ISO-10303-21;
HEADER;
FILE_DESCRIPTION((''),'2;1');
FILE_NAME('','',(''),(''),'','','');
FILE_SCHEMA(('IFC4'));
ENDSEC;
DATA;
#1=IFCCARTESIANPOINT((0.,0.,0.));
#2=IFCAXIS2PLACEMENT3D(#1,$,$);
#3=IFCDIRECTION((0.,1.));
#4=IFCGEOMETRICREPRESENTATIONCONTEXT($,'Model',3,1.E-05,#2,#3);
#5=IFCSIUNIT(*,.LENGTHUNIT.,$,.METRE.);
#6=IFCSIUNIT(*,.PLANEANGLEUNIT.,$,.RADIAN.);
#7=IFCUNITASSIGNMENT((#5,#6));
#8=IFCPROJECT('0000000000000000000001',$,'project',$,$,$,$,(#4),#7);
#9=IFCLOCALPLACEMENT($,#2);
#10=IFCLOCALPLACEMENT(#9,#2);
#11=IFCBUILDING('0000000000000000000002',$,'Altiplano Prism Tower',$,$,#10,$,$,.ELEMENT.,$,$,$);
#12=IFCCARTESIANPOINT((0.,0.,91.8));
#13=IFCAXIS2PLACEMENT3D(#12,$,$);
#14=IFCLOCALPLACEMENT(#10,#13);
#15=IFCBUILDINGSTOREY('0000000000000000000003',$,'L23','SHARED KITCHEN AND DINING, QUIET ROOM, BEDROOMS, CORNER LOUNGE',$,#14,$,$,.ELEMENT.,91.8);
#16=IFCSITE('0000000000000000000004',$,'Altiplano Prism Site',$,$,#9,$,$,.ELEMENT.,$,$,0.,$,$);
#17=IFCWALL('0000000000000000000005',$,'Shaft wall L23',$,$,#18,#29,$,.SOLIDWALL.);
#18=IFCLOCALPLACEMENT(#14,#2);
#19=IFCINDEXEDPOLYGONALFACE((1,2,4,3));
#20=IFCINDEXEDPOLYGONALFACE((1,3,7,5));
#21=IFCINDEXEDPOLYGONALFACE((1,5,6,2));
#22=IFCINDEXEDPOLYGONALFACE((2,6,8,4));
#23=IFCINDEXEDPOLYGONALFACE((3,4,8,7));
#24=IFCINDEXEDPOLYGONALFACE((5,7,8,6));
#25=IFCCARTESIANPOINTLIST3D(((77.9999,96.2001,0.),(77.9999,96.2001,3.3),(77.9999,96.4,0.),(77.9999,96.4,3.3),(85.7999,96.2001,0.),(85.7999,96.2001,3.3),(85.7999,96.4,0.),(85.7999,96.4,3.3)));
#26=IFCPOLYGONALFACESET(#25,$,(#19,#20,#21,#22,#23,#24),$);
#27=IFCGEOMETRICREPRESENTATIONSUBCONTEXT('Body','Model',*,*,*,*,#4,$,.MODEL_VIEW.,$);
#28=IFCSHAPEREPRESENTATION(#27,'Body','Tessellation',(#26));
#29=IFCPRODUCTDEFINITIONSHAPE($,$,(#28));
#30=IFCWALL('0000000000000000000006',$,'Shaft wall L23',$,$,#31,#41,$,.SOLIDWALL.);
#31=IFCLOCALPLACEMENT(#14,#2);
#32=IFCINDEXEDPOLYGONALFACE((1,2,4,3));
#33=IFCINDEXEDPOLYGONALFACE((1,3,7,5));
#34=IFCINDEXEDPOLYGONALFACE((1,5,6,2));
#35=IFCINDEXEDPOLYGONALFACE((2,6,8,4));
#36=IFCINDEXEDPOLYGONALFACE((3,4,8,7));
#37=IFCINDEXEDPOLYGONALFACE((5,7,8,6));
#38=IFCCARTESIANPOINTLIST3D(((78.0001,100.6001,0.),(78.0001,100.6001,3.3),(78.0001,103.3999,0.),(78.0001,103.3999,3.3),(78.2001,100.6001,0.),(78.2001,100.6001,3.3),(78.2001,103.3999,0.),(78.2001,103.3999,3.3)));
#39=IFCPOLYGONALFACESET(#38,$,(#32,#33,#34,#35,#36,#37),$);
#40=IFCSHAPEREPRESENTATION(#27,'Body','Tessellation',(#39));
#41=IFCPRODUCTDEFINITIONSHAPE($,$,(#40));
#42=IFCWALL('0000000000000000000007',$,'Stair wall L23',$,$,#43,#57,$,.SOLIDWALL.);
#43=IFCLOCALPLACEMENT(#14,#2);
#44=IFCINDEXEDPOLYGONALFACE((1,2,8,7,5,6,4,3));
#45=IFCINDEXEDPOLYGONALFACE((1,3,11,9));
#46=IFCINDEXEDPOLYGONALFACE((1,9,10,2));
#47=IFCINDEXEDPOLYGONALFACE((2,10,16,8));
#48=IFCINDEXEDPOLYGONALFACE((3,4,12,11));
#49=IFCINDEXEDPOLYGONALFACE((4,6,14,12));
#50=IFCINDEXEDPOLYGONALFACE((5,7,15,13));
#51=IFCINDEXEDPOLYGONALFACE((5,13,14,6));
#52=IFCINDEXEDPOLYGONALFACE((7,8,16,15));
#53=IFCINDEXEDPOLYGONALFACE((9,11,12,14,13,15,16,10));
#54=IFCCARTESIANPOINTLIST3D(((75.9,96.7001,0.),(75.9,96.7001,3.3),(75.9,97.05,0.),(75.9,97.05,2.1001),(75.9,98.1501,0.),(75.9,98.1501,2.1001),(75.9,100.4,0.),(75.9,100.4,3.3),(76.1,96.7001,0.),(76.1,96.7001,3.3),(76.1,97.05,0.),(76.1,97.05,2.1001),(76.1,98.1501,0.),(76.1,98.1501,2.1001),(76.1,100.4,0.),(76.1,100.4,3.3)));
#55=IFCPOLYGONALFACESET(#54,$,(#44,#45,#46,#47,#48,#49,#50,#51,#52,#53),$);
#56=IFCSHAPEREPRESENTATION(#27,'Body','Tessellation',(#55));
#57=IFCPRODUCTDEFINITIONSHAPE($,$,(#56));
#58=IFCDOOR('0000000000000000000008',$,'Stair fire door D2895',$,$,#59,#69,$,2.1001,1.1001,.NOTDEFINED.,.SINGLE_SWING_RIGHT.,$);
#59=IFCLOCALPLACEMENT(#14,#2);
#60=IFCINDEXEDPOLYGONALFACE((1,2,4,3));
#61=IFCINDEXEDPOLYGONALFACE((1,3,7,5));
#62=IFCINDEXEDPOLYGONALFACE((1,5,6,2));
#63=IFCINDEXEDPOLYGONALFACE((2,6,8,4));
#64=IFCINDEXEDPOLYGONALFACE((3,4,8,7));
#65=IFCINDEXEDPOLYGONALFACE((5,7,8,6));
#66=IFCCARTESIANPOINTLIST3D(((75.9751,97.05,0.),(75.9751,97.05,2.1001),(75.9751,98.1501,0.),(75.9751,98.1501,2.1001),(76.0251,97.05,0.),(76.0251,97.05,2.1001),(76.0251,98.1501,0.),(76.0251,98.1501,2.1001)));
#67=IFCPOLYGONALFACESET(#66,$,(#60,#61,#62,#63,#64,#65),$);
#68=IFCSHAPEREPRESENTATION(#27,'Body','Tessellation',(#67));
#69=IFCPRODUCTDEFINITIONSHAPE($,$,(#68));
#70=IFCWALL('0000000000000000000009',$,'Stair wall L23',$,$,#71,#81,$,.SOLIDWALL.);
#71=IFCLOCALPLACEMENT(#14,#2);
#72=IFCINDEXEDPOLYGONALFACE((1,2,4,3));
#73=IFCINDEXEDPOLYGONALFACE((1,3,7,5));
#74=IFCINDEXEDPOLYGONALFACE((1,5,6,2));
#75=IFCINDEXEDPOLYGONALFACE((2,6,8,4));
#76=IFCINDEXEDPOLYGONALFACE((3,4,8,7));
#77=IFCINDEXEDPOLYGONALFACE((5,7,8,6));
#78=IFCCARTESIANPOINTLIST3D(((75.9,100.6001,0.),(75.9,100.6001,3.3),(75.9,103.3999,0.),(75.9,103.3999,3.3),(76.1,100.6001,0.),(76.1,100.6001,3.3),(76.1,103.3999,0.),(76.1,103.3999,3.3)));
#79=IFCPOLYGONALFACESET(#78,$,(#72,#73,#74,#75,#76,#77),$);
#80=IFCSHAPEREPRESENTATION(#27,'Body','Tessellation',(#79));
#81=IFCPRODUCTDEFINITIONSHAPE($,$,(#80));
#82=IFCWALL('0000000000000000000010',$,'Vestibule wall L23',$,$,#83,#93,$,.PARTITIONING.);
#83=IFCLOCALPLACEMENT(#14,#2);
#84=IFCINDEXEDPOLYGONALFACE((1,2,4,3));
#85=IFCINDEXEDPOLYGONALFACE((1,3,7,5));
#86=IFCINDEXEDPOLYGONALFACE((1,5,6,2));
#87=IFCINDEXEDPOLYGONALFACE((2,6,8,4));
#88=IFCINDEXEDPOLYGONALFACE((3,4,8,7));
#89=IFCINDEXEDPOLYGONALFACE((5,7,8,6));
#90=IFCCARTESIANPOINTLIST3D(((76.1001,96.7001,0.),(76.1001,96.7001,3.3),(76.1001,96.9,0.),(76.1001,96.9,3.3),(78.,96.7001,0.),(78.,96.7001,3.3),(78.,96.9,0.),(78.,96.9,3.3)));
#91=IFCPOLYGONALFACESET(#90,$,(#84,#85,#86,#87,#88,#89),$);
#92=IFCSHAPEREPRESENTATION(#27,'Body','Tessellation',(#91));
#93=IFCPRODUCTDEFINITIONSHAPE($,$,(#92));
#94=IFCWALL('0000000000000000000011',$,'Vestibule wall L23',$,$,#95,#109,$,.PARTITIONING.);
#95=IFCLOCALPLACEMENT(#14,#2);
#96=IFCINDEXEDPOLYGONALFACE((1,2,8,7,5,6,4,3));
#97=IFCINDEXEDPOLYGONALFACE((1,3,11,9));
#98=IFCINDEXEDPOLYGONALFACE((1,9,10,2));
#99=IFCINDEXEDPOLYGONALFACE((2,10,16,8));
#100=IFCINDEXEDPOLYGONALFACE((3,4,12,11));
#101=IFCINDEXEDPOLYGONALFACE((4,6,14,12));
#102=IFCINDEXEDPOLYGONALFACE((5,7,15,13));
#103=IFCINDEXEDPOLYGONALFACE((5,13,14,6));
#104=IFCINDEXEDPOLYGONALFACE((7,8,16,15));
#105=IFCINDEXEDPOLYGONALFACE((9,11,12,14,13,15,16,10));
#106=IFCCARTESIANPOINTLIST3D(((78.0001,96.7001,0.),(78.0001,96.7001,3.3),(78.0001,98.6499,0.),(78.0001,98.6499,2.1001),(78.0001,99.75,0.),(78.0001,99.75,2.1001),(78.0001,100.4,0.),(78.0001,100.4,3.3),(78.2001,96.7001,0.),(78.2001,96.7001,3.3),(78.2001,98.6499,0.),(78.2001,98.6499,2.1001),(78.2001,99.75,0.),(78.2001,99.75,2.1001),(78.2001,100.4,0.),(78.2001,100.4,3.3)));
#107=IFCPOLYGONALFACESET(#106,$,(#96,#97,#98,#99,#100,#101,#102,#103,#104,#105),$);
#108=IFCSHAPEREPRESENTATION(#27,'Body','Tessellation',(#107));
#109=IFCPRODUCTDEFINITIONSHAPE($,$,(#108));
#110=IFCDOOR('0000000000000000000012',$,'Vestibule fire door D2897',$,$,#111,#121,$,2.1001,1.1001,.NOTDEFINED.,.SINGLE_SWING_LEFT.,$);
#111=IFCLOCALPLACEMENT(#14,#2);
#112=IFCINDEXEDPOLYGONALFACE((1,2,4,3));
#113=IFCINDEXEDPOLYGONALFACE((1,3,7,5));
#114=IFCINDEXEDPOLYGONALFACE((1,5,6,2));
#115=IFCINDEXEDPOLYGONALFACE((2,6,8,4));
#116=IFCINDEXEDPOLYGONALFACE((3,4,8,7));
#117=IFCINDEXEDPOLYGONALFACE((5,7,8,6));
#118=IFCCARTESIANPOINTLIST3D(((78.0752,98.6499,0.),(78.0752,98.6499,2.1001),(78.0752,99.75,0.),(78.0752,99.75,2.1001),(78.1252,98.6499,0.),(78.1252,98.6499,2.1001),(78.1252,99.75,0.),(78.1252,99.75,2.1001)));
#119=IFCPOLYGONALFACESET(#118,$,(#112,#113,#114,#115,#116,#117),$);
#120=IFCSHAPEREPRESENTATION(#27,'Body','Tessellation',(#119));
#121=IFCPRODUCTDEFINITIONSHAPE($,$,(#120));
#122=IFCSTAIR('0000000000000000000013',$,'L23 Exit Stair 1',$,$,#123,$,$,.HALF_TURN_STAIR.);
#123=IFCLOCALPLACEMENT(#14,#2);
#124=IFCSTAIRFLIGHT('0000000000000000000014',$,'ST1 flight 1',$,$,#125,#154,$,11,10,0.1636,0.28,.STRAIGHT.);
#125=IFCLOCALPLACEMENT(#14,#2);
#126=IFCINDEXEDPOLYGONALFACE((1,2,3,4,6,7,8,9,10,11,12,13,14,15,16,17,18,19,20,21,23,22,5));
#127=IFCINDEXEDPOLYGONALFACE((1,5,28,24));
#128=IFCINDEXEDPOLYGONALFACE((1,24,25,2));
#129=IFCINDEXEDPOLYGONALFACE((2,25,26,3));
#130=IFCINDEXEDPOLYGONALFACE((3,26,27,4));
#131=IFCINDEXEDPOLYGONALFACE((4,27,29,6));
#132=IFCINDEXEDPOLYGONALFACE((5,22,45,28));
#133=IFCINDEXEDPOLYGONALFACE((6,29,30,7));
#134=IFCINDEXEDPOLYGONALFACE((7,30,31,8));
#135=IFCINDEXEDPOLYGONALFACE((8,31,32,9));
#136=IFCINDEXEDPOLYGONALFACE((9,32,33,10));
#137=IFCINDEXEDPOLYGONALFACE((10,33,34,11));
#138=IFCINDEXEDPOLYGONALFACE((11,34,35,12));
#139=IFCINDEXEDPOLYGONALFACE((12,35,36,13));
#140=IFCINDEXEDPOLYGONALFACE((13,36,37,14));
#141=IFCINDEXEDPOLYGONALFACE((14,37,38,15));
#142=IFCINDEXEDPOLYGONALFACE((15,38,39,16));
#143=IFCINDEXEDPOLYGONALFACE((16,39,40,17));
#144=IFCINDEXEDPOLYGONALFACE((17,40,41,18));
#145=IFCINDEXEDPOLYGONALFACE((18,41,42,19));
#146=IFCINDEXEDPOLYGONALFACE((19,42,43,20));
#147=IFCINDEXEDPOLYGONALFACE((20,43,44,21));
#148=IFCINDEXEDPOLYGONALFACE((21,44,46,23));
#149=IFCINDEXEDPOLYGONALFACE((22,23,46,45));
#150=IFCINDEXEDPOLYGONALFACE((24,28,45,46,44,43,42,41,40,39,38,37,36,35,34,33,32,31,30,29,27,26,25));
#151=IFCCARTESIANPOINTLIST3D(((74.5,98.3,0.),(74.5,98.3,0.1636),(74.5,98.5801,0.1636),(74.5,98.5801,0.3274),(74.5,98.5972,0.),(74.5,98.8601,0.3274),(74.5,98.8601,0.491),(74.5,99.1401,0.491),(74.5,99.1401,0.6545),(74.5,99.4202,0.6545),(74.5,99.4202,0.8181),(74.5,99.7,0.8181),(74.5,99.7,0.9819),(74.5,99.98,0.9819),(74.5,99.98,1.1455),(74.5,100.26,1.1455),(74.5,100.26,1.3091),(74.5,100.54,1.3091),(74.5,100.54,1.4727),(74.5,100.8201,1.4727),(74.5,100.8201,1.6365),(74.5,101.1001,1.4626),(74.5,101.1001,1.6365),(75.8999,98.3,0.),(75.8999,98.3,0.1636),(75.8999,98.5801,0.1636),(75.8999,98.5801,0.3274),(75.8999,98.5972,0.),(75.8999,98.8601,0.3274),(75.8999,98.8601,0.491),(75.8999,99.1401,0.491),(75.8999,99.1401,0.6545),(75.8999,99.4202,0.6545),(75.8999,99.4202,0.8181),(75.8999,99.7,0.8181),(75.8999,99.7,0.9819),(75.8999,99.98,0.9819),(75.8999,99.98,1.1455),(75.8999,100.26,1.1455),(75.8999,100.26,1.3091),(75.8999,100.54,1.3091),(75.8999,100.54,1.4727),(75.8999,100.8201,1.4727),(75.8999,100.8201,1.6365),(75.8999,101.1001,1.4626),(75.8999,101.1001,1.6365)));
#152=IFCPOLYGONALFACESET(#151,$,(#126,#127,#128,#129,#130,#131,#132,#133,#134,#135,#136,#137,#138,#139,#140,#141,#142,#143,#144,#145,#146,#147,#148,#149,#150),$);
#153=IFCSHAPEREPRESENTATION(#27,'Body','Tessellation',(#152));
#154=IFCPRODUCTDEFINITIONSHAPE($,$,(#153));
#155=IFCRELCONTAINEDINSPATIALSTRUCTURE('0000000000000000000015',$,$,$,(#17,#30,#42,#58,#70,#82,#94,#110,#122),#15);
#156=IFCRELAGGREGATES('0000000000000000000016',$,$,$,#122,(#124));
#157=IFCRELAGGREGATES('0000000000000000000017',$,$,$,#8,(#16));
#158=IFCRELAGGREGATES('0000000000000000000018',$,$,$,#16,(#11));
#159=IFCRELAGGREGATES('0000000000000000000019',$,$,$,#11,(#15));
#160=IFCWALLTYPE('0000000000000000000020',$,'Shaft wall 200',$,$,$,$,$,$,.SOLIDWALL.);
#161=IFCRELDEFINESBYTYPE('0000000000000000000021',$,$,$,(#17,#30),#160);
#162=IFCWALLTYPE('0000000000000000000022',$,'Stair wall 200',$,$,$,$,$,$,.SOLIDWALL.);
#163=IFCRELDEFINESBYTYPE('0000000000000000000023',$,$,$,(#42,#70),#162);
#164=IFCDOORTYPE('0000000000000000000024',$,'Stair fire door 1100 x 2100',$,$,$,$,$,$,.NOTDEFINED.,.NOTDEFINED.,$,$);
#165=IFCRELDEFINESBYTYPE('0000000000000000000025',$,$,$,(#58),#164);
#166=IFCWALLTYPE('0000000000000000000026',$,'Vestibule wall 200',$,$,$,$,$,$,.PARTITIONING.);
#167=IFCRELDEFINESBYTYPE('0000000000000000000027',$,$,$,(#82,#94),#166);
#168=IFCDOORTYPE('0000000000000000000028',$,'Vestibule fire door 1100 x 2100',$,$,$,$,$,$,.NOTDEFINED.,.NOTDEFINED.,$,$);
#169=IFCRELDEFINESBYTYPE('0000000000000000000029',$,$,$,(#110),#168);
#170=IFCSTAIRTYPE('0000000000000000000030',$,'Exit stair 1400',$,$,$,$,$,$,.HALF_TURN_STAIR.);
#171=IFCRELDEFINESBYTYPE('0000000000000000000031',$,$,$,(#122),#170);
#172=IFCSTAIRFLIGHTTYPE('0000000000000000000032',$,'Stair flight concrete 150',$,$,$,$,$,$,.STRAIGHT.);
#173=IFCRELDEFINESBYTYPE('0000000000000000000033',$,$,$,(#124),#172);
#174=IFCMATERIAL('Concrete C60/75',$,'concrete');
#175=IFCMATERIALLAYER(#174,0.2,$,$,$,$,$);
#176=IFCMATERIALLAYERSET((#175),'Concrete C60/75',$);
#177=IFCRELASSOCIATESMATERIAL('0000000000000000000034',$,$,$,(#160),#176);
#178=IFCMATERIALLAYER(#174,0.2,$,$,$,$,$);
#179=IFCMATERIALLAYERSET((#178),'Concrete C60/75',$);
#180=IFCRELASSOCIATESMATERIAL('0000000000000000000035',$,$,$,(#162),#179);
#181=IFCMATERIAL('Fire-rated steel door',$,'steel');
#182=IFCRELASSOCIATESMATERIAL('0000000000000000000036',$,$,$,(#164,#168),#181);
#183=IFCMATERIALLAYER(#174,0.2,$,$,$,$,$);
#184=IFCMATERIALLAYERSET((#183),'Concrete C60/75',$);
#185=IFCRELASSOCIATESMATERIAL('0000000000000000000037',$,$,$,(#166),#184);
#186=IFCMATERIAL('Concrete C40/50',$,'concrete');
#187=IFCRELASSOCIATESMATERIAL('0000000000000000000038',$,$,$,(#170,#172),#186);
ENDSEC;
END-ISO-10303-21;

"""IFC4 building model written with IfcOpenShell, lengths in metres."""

from ifc_helpers import new_model, si_unit, direction, frame, frame_2d, origin, place, context, subcontext, project, spatial, polyline, rectangle, outline, extrude, material, layer, layer_set, type_object, element, fill, aggregate, save


model = new_model("IFC4")

# Units and contexts
model_context = context("Model", 3, precision=1e-05, world=origin(), true_north=direction((0.0, 1.0)))
body_context = subcontext(model_context, "Body", "Model", "MODEL_VIEW")
ifc_project = project(units=[si_unit("LENGTHUNIT", "METRE"), si_unit("PLANEANGLEUNIT", "RADIAN")], contexts=[model_context])

# Site, building, storey
site_placement = place(None, origin())
site = spatial("IfcSite", under=ifc_project, at=site_placement, Name="Altiplano Prism Site", CompositionType="ELEMENT", RefElevation=0.0)
building_placement = place(site_placement, origin())
building = spatial("IfcBuilding", under=site, at=building_placement, Name="Altiplano Prism Tower", CompositionType="ELEMENT")
storey_placement = place(building_placement, frame((0.0, 0.0, 91.8)))
storey = spatial("IfcBuildingStorey", under=building, at=storey_placement, Name="L23", Description="SHARED KITCHEN AND DINING, QUIET ROOM, BEDROOMS, CORNER LOUNGE", CompositionType="ELEMENT", Elevation=91.8)

# Walls
ifc_material_1 = material(Name="Concrete C60/75", Category="concrete")
ifc_layer_1 = layer(ifc_material_1, 0.2)
ifc_layer_set_1 = layer_set([ifc_layer_1], Name="Concrete C60/75")
wall_type_1 = type_object("IfcWallType", Name="Shaft wall 200", PredefinedType="SOLIDWALL", material=ifc_layer_set_1)
wall_1_placement = place(storey_placement, frame((78.0, 96.3, 0.0), z_axis=(0.0, 0.0, 1.0), x_axis=(1.0, 0.0, 0.0)))
element("IfcWall", 1, at=wall_1_placement, inside=storey, type_object=wall_type_1, Name="Shaft wall L23", PredefinedType="SOLIDWALL", context=body_context, shape_type="SweptSolid", body=[
    extrude(rectangle(XDim=7.8, YDim=0.2, at=frame_2d((3.8999, 0.0))), origin(), (0.0, 0.0, 1.0), 3.3),
])
wall_2_placement = place(storey_placement, frame((78.1001, 100.6001, 0.0), z_axis=(0.0, 0.0, 1.0), x_axis=(0.0, 1.0, 0.0)))
element("IfcWall", 2, at=wall_2_placement, inside=storey, type_object=wall_type_1, Name="Shaft wall L23", PredefinedType="SOLIDWALL", context=body_context, shape_type="SweptSolid", body=[
    extrude(rectangle(XDim=2.7998, YDim=0.2, at=frame_2d((1.3999, 0.0))), origin(), (0.0, 0.0, 1.0), 3.3),
])

# Wall, opening, door
ifc_layer_2 = layer(ifc_material_1, 0.2)
ifc_layer_set_2 = layer_set([ifc_layer_2], Name="Concrete C60/75")
wall_type_2 = type_object("IfcWallType", Name="Stair wall 200", PredefinedType="SOLIDWALL", material=ifc_layer_set_2)
wall_3_placement = place(storey_placement, frame((76.0, 96.7, 0.0), z_axis=(0.0, 0.0, 1.0), x_axis=(0.0, 1.0, 0.0)))
wall_3 = element("IfcWall", 3, at=wall_3_placement, inside=storey, type_object=wall_type_2, Name="Stair wall L23", PredefinedType="SOLIDWALL", context=body_context, shape_type="SweptSolid", body=[
    extrude(rectangle(XDim=3.7, YDim=0.2, at=frame_2d((1.8501, 0.0))), origin(), (0.0, 0.0, 1.0), 3.3),
])
opening_1_placement = place(wall_3_placement, frame((0.3501, 0.0, 0.0)))
opening_1 = element("IfcOpeningElement", 4, at=opening_1_placement, cuts=wall_3, PredefinedType="OPENING", context=body_context, shape_type="SweptSolid", body=[
    extrude(rectangle(XDim=1.1001, YDim=2.1001, at=frame_2d((0.55, 1.05))), frame((0.0, 0.1104, 0.0), z_axis=(0.0, -1.0, 0.0), x_axis=(1.0, 0.0, 0.0)), (0.0, 0.0, 1.0), 0.2209),
])
ifc_material_2 = material(Name="Fire-rated steel door", Category="steel")
door_type_1 = type_object("IfcDoorType", Name="Stair fire door 1100 x 2100", OperationType="NOTDEFINED", PredefinedType="NOTDEFINED", material=ifc_material_2)
door_1_placement = place(opening_1_placement, origin())
door_1 = element("IfcDoor", 5, at=door_1_placement, inside=storey, type_object=door_type_1, Name="Stair fire door D2895", OperationType="SINGLE_SWING_RIGHT", OverallHeight=2.1001, OverallWidth=1.1001, PredefinedType="NOTDEFINED", context=body_context, shape_type="SweptSolid", body=[
    extrude(rectangle(XDim=1.1001, YDim=2.1001, at=frame_2d((0.55, 1.05))), frame((0.0, 0.0249, 0.0), z_axis=(0.0, -1.0, 0.0), x_axis=(1.0, 0.0, 0.0)), (0.0, 0.0, 1.0), 0.05),
])
fill(opening_1, door_1)

# Walls
wall_4_placement = place(storey_placement, frame((76.0, 100.6001, 0.0), z_axis=(0.0, 0.0, 1.0), x_axis=(0.0, 1.0, 0.0)))
element("IfcWall", 6, at=wall_4_placement, inside=storey, type_object=wall_type_2, Name="Stair wall L23", PredefinedType="SOLIDWALL", context=body_context, shape_type="SweptSolid", body=[
    extrude(rectangle(XDim=2.7998, YDim=0.2, at=frame_2d((1.3999, 0.0))), origin(), (0.0, 0.0, 1.0), 3.3),
])
ifc_layer_3 = layer(ifc_material_1, 0.2)
ifc_layer_set_3 = layer_set([ifc_layer_3], Name="Concrete C60/75")
wall_type_3 = type_object("IfcWallType", Name="Vestibule wall 200", PredefinedType="PARTITIONING", material=ifc_layer_set_3)
wall_5_placement = place(storey_placement, frame((76.1001, 96.8, 0.0), z_axis=(0.0, 0.0, 1.0), x_axis=(1.0, 0.0, 0.0)))
element("IfcWall", 7, at=wall_5_placement, inside=storey, type_object=wall_type_3, Name="Vestibule wall L23", PredefinedType="PARTITIONING", context=body_context, shape_type="SweptSolid", body=[
    extrude(rectangle(XDim=1.8999, YDim=0.2, at=frame_2d((0.95, 0.0))), origin(), (0.0, 0.0, 1.0), 3.3),
])

# Wall, opening, door
wall_6_placement = place(storey_placement, frame((78.1001, 96.7, 0.0), z_axis=(0.0, 0.0, 1.0), x_axis=(0.0, 1.0, 0.0)))
wall_6 = element("IfcWall", 8, at=wall_6_placement, inside=storey, type_object=wall_type_3, Name="Vestibule wall L23", PredefinedType="PARTITIONING", context=body_context, shape_type="SweptSolid", body=[
    extrude(rectangle(XDim=3.7, YDim=0.2, at=frame_2d((1.8501, 0.0))), origin(), (0.0, 0.0, 1.0), 3.3),
])
opening_2_placement = place(wall_6_placement, frame((1.95, 0.0, 0.0)))
opening_2 = element("IfcOpeningElement", 9, at=opening_2_placement, cuts=wall_6, PredefinedType="OPENING", context=body_context, shape_type="SweptSolid", body=[
    extrude(rectangle(XDim=1.1001, YDim=2.1001, at=frame_2d((0.55, 1.05))), frame((0.0, 0.1104, 0.0), z_axis=(0.0, -1.0, 0.0), x_axis=(1.0, 0.0, 0.0)), (0.0, 0.0, 1.0), 0.2209),
])
door_type_2 = type_object("IfcDoorType", Name="Vestibule fire door 1100 x 2100", OperationType="NOTDEFINED", PredefinedType="NOTDEFINED", material=ifc_material_2)
door_2_placement = place(opening_2_placement, origin())
door_2 = element("IfcDoor", 10, at=door_2_placement, inside=storey, type_object=door_type_2, Name="Vestibule fire door D2897", OperationType="SINGLE_SWING_LEFT", OverallHeight=2.1001, OverallWidth=1.1001, PredefinedType="NOTDEFINED", context=body_context, shape_type="SweptSolid", body=[
    extrude(rectangle(XDim=1.1001, YDim=2.1001, at=frame_2d((0.55, 1.05))), frame((0.0, 0.0249, 0.0), z_axis=(0.0, -1.0, 0.0), x_axis=(1.0, 0.0, 0.0)), (0.0, 0.0, 1.0), 0.05),
])
fill(opening_2, door_2)

# Stair, stair flight
ifc_material_3 = material(Name="Concrete C40/50", Category="concrete")
stair_type = type_object("IfcStairType", Name="Exit stair 1400", PredefinedType="HALF_TURN_STAIR", material=ifc_material_3)
stair_placement = place(storey_placement, origin())
stair = element("IfcStair", 11, at=stair_placement, inside=storey, type_object=stair_type, Name="L23 Exit Stair 1", PredefinedType="HALF_TURN_STAIR")
stair_flight_type = type_object("IfcStairFlightType", Name="Stair flight concrete 150", PredefinedType="STRAIGHT", material=ifc_material_3)
stair_flight_placement = place(storey_placement, frame((75.2, 98.3, 0.0), z_axis=(0.0, 0.0, 1.0), x_axis=(0.0, 1.0, 0.0)))
stair_flight = element("IfcStairFlight", 12, at=stair_flight_placement, type_object=stair_flight_type, Name="ST1 flight 1", NumberOfRisers=11, NumberOfTreads=10, PredefinedType="STRAIGHT", RiserHeight=0.1636, TreadLength=0.28, context=body_context, shape_type="SweptSolid", body=[
    extrude(outline(polyline([(0.0, 0.0), (0.0, 0.1636), (0.28, 0.1636), (0.28, 0.3274), (0.5601, 0.3274), (0.5601, 0.491), (0.8401, 0.491), (0.8401, 0.6545), (1.1201, 0.6545), (1.1201, 0.8181), (1.3999, 0.8181), (1.3999, 0.9819), (1.6799, 0.9819), (1.6799, 1.1455), (1.96, 1.1455), (1.96, 1.3091), (2.24, 1.3091), (2.24, 1.4727), (2.52, 1.4727), (2.52, 1.6365), (2.8, 1.6365), (2.8, 1.8), (2.8, 1.4626), (0.2971, 0.0), (0.0, 0.0)])), frame((0.0, 0.7, 0.0), z_axis=(0.0, -1.0, 0.0), x_axis=(1.0, 0.0, 0.0)), (0.0, 0.0, 1.0), 1.3999),
])
aggregate(stair, [stair_flight])

save(model, "model.ifc")
